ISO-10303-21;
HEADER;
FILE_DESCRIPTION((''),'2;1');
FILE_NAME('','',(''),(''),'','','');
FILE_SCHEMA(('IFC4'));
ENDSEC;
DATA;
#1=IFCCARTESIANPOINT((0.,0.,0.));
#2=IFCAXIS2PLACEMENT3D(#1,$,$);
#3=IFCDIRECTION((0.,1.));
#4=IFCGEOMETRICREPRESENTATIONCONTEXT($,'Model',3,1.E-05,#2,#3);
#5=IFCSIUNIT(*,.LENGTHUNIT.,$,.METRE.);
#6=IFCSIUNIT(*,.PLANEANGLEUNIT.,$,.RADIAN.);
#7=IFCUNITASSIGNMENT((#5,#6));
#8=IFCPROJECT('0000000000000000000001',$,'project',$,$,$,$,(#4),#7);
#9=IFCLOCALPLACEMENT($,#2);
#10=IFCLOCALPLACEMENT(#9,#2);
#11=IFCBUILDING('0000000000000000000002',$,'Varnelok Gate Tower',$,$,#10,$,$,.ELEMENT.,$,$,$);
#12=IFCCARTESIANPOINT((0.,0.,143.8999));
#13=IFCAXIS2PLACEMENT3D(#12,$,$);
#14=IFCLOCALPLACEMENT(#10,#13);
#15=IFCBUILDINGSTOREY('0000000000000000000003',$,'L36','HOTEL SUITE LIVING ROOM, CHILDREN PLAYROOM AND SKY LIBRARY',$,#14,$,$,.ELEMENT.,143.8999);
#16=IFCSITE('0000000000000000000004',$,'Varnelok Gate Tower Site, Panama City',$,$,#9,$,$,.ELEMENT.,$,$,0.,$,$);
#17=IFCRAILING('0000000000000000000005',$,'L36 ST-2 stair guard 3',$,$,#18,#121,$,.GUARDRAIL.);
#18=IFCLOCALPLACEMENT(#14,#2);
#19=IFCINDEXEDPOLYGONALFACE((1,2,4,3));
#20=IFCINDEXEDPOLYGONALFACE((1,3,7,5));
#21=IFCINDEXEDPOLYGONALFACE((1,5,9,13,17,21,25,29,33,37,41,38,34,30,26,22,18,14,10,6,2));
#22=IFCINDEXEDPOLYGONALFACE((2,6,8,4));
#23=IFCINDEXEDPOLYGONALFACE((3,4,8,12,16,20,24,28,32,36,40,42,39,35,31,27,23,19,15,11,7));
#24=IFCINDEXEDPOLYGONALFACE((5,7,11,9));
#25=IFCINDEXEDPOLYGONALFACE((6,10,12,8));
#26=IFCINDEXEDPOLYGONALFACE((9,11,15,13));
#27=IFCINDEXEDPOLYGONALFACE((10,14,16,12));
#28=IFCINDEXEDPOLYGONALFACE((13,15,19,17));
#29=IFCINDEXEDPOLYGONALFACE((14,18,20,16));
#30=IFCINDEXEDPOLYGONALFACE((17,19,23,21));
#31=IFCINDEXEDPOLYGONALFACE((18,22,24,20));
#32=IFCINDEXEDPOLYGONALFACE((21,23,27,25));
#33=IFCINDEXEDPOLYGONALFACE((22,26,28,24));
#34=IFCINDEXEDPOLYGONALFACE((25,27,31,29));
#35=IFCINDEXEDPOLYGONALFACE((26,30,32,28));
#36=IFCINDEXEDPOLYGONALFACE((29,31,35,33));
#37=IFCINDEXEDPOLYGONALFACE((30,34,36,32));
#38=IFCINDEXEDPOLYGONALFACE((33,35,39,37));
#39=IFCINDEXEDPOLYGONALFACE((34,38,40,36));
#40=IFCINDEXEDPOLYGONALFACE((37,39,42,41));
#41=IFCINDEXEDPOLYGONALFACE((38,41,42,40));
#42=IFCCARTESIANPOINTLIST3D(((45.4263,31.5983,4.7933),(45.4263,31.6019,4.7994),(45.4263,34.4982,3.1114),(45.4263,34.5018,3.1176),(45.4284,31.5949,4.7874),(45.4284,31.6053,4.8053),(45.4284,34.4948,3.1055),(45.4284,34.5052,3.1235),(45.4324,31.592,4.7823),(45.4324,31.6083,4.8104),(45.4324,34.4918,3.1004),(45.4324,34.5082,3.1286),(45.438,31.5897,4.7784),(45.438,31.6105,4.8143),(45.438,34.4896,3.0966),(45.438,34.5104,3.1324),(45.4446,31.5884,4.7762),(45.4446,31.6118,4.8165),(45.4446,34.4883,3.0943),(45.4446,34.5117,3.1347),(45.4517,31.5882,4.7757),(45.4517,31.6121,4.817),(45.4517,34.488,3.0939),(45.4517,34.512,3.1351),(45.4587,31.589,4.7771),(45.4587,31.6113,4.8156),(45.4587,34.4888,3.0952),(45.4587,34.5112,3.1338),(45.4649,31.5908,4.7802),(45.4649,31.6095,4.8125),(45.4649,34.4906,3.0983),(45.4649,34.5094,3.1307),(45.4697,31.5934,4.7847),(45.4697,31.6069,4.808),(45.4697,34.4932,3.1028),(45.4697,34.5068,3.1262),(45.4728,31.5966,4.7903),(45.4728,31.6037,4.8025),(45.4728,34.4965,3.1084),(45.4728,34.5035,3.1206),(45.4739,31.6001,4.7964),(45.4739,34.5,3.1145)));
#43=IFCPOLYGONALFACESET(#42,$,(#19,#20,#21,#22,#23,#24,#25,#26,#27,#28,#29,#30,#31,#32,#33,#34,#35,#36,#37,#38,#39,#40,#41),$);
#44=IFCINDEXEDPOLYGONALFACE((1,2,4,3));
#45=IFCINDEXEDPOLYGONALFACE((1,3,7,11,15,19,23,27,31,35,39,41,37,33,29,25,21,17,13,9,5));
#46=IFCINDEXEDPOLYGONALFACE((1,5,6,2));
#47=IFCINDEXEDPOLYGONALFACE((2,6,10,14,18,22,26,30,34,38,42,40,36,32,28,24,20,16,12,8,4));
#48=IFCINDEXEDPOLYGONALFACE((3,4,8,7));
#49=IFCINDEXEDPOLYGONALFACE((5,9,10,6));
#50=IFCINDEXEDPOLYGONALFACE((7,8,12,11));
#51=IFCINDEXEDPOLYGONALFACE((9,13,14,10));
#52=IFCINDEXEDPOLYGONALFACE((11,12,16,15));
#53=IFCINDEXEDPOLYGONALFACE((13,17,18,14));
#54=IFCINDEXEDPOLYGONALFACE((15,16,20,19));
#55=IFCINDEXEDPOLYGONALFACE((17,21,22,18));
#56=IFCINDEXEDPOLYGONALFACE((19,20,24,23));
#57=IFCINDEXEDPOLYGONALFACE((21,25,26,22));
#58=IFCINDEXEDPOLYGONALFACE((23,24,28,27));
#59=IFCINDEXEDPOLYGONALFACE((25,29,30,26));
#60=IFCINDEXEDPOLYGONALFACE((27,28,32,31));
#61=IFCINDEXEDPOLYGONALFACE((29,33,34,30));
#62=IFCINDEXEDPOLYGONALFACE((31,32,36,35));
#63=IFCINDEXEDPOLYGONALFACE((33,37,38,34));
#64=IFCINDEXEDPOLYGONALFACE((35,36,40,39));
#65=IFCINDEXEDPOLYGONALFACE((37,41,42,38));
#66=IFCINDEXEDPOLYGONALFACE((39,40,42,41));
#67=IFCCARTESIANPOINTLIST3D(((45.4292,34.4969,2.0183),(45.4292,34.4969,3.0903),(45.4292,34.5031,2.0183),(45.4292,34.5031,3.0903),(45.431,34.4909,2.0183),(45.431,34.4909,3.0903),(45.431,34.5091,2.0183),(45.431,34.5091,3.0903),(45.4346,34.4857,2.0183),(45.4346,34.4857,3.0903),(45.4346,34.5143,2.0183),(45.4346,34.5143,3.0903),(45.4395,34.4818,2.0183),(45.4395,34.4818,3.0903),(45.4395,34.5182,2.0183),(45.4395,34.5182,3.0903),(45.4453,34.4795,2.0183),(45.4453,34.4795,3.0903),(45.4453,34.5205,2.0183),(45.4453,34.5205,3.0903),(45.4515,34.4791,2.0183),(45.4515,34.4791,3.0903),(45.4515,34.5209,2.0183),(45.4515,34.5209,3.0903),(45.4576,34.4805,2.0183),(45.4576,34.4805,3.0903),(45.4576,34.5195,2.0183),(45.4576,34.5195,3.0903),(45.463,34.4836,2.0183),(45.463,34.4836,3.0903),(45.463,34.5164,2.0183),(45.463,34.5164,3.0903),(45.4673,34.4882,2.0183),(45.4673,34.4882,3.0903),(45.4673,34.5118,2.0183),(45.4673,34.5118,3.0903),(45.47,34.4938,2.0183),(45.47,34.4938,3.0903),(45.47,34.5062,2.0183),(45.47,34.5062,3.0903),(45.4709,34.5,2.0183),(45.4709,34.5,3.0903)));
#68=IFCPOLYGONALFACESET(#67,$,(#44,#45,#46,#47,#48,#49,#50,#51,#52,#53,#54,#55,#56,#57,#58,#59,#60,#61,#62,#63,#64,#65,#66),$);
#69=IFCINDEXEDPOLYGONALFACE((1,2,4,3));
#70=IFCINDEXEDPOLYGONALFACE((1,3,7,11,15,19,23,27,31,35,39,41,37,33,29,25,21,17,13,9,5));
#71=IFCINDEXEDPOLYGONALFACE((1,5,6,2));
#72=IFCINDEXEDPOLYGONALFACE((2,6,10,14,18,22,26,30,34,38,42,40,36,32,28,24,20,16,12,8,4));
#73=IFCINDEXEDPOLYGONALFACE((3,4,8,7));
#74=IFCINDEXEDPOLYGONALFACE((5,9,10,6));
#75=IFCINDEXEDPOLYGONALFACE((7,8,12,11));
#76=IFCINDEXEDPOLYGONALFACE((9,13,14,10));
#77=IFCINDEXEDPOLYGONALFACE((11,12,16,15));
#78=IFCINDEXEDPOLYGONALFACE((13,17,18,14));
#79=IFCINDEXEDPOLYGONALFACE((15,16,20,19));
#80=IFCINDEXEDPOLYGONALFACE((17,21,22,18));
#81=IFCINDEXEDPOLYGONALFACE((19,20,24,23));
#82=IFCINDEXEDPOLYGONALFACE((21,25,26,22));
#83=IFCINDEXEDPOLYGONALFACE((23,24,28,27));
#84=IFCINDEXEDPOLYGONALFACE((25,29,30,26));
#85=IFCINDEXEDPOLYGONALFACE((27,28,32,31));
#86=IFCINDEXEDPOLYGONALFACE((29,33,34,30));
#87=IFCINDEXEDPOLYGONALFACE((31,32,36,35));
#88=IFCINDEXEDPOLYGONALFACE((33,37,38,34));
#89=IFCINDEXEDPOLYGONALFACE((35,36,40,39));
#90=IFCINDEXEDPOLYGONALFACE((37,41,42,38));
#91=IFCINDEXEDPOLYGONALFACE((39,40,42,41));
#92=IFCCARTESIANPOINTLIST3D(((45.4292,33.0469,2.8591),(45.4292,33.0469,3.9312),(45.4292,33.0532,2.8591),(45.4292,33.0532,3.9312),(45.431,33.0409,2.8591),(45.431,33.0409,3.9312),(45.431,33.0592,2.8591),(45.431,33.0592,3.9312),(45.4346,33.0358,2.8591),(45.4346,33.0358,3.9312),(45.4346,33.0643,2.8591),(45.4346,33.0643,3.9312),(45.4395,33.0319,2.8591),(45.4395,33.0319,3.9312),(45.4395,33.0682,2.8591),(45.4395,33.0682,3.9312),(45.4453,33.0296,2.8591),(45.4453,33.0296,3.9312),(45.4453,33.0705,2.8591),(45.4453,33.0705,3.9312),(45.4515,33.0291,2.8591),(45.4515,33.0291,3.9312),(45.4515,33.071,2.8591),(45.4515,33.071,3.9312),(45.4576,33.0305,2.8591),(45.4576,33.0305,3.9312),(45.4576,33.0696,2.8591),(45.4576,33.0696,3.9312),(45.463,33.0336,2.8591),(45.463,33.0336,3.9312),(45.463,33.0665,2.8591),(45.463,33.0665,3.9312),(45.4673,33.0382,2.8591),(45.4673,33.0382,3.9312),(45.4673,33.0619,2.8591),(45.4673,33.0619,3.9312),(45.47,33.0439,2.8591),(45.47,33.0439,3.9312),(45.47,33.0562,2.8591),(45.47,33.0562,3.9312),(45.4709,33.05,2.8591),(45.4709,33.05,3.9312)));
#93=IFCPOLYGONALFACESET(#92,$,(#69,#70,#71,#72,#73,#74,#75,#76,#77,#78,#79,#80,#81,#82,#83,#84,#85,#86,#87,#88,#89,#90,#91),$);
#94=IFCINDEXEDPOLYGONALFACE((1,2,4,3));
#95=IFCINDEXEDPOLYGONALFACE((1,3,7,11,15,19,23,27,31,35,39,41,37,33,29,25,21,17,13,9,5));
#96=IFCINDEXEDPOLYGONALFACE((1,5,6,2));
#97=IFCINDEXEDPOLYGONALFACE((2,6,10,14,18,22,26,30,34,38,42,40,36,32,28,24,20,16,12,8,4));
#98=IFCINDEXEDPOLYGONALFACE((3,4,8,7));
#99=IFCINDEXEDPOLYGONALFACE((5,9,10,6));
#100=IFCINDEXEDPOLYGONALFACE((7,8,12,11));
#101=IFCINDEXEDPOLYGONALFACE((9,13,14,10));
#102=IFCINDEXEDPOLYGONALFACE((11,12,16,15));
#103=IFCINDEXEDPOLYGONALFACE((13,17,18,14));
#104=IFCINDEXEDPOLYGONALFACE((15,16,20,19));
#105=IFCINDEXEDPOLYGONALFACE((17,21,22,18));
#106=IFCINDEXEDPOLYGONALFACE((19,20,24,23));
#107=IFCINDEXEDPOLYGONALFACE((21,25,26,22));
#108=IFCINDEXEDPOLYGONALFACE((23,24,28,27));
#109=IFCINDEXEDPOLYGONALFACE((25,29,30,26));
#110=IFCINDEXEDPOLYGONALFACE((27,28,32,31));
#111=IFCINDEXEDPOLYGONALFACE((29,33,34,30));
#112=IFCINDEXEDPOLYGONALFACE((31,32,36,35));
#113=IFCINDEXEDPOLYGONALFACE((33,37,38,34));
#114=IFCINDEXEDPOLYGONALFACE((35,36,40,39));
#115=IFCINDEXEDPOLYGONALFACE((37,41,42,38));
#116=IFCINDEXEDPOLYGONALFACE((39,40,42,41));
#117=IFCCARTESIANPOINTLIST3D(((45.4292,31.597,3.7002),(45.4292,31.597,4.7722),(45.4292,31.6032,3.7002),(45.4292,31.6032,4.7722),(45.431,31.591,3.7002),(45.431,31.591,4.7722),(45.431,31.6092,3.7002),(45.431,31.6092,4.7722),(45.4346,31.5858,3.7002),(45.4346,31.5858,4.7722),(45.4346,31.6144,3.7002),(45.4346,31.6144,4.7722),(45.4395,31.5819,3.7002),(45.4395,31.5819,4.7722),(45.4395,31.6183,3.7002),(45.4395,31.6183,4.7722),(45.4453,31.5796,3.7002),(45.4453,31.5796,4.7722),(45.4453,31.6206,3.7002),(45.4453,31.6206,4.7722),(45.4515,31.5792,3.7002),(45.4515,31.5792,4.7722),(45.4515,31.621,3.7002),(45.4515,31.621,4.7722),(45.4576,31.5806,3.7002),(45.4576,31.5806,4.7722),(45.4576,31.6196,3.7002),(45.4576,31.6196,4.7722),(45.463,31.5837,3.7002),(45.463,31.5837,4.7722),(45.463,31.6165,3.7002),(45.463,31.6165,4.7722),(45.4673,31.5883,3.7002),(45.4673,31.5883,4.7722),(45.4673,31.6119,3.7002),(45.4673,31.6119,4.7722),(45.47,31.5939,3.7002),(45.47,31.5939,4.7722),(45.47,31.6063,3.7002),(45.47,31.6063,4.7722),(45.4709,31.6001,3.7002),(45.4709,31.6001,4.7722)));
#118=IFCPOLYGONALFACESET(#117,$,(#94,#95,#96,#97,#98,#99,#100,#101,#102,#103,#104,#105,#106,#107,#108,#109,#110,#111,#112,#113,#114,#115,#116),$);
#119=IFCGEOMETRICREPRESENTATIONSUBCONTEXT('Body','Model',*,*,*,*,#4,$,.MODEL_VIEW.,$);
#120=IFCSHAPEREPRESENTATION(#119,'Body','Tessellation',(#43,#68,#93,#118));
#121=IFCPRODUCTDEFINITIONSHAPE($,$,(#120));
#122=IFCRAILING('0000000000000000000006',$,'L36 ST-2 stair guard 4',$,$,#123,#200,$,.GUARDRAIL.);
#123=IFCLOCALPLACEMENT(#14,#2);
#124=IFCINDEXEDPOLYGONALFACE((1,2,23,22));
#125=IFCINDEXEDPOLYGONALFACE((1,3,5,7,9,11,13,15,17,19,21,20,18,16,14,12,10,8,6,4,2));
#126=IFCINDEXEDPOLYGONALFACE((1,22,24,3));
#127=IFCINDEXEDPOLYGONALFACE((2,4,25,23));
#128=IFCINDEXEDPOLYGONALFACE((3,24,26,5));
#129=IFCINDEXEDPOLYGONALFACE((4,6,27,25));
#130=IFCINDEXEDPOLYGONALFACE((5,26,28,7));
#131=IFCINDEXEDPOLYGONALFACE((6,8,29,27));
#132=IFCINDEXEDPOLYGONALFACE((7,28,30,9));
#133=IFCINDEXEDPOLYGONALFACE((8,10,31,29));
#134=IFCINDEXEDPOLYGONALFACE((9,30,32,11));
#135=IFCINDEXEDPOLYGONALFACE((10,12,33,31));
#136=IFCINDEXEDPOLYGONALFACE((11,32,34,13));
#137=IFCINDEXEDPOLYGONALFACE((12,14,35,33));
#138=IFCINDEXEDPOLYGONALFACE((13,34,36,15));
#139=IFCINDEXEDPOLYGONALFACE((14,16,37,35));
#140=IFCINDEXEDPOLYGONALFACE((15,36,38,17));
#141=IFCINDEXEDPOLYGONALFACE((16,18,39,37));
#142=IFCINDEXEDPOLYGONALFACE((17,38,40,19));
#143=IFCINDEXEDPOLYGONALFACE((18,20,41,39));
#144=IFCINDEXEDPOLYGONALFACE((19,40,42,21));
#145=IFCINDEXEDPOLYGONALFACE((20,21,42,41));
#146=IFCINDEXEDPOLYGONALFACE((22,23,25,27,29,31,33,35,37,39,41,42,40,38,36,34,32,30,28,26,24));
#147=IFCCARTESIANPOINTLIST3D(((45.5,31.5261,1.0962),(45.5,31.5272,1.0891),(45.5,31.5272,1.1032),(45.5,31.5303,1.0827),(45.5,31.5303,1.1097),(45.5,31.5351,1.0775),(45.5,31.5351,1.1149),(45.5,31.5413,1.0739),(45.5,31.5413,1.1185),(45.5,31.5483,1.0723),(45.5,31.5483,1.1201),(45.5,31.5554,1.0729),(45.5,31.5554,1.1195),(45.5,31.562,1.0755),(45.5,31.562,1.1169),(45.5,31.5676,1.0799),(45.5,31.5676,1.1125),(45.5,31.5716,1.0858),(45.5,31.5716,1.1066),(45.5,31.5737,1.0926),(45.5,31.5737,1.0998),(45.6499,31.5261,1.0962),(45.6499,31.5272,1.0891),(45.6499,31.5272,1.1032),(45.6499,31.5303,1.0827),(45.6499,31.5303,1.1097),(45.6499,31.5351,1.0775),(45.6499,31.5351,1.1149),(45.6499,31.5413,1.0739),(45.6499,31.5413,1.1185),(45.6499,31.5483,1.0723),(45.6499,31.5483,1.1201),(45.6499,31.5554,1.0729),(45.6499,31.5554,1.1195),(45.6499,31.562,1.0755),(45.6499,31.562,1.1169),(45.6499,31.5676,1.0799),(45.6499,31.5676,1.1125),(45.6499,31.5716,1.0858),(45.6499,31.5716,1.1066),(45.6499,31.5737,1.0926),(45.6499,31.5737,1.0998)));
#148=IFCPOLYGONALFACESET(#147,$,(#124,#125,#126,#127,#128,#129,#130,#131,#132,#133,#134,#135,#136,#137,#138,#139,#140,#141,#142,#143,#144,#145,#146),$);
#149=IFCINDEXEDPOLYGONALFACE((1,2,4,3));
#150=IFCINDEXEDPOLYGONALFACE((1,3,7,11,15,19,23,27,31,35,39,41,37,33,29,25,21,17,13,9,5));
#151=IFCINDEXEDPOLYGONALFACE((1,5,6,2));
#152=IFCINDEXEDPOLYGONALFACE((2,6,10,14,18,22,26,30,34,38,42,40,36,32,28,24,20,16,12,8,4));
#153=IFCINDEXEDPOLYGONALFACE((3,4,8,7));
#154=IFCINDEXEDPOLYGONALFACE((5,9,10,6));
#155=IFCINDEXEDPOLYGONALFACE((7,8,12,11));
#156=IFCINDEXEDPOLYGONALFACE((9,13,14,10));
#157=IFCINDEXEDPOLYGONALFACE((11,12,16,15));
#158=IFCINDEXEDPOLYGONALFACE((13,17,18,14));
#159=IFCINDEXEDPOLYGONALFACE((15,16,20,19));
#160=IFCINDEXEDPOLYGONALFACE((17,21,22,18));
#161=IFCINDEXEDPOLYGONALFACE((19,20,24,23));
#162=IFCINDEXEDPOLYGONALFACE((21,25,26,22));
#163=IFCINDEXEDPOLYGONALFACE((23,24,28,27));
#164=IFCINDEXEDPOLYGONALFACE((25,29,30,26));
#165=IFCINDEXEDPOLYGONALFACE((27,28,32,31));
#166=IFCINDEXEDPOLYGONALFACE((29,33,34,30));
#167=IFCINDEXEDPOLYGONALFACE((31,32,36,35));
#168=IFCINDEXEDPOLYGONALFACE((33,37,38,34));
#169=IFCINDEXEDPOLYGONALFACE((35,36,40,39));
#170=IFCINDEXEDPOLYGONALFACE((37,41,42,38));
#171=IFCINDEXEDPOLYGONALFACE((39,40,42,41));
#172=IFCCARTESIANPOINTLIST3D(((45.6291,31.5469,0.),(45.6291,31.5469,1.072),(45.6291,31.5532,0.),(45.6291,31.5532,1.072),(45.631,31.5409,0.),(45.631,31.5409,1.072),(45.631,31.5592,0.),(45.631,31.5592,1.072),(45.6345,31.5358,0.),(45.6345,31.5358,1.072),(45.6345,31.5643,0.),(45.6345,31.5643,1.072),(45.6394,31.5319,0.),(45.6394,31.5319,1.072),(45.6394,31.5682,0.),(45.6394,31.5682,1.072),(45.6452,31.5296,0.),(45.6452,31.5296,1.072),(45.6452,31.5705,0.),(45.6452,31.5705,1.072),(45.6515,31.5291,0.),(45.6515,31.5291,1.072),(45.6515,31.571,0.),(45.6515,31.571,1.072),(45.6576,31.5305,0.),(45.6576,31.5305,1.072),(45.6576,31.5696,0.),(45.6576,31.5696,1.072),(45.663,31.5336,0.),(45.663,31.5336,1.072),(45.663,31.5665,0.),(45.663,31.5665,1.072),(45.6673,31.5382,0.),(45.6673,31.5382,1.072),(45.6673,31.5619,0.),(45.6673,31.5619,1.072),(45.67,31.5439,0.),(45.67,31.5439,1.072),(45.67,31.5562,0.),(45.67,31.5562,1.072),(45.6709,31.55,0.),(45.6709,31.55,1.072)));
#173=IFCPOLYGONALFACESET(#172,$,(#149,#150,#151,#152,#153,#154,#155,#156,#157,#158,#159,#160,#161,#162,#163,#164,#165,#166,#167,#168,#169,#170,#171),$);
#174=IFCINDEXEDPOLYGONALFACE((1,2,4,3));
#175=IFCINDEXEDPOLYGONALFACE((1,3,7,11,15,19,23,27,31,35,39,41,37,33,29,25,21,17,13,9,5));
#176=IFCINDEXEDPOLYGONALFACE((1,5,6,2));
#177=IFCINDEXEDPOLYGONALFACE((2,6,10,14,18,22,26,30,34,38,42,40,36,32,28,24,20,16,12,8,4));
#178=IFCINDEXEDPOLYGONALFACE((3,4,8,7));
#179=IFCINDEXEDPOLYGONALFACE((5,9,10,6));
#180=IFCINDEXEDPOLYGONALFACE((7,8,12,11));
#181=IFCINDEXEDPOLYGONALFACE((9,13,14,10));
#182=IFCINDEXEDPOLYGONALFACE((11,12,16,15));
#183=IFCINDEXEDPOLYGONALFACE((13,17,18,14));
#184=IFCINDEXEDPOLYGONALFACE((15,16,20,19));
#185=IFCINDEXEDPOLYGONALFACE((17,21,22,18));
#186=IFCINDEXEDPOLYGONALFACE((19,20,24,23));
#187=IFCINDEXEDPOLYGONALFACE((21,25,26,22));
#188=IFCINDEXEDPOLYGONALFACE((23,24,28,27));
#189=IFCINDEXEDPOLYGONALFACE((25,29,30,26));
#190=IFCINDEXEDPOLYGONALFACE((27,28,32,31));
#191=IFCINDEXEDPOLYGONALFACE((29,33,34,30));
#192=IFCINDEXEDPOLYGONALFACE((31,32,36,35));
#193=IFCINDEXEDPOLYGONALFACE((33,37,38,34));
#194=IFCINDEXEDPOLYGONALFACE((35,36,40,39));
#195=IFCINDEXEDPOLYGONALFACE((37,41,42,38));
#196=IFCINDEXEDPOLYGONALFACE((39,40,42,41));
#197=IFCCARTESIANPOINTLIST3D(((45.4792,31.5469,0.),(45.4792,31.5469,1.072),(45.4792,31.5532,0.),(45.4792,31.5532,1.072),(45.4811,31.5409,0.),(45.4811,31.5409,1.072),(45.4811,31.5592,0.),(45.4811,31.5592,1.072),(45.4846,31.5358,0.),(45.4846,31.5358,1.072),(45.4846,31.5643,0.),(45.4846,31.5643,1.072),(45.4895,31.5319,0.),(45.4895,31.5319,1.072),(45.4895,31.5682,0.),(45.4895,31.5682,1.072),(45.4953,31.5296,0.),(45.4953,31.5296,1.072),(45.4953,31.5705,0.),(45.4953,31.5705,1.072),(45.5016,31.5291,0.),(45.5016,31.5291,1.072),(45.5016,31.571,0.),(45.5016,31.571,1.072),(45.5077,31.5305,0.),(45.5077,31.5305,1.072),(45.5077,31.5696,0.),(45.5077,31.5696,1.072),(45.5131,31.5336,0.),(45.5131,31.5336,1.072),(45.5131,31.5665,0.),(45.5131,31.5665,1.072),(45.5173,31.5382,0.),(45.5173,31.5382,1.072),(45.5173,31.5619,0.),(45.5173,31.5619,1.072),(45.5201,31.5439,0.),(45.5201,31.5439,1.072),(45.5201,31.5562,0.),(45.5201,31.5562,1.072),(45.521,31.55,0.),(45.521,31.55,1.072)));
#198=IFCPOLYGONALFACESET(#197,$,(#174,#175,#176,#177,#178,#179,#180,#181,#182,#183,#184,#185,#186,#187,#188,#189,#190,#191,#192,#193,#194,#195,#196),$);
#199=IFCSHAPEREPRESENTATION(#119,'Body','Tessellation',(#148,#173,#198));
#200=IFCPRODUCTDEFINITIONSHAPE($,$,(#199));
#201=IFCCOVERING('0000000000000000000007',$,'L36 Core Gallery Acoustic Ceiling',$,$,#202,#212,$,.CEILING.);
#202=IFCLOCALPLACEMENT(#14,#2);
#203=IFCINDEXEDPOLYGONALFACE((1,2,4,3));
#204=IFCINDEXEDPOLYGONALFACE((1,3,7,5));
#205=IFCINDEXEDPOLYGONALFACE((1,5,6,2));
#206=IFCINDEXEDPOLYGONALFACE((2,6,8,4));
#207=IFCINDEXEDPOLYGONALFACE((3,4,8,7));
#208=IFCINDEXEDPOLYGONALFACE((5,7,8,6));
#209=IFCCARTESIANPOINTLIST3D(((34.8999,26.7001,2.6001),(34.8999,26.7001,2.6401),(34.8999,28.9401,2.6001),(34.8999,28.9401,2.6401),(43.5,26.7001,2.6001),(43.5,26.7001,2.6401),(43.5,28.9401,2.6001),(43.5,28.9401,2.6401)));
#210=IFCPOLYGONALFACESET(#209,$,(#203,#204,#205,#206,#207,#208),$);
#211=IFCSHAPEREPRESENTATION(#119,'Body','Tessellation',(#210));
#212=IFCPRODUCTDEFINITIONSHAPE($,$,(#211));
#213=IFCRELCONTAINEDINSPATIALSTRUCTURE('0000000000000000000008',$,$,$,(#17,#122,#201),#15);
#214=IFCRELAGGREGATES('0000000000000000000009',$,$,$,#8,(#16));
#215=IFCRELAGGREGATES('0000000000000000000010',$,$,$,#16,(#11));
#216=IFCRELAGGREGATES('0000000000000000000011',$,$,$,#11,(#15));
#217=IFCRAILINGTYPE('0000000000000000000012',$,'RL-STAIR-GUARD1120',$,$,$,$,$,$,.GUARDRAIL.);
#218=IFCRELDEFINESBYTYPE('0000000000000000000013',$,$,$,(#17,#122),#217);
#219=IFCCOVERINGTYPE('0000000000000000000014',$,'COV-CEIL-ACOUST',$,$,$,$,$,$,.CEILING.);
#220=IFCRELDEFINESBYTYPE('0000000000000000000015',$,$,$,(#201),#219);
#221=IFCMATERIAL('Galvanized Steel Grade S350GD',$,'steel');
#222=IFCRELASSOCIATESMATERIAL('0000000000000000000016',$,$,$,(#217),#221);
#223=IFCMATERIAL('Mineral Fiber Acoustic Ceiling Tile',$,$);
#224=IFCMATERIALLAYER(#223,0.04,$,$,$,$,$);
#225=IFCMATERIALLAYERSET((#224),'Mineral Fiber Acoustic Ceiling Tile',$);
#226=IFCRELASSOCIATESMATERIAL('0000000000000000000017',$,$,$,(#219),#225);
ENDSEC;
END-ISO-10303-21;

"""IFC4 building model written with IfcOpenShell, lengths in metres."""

from ifc_helpers import new_model, si_unit, direction, frame, origin, origin_2d, place, context, subcontext, project, spatial, rectangle, circle, extrude, source, transform, mapped, material, layer, layer_set, type_object, element, save


model = new_model("IFC4")

# Units and contexts
model_context = context("Model", 3, precision=1e-05, world=origin(), true_north=direction((0.0, 1.0)))
body_context = subcontext(model_context, "Body", "Model", "MODEL_VIEW")
ifc_project = project(units=[si_unit("LENGTHUNIT", "METRE"), si_unit("PLANEANGLEUNIT", "RADIAN")], contexts=[model_context])

# Site, building, storey
site_placement = place(None, origin())
site = spatial("IfcSite", under=ifc_project, at=site_placement, Name="Varnelok Gate Tower Site, Panama City", CompositionType="ELEMENT", RefElevation=0.0)
building_placement = place(site_placement, origin())
building = spatial("IfcBuilding", under=site, at=building_placement, Name="Varnelok Gate Tower", CompositionType="ELEMENT")
storey_placement = place(building_placement, frame((0.0, 0.0, 143.8999)))
storey = spatial("IfcBuildingStorey", under=building, at=storey_placement, Name="L36", Description="HOTEL SUITE LIVING ROOM, CHILDREN PLAYROOM AND SKY LIBRARY", CompositionType="ELEMENT", Elevation=143.8999)

# Shared definitions
ifc_material_1 = material(Name="Galvanized Steel Grade S350GD", Category="steel")

# Railings
railing_type_1 = type_object("IfcRailingType", Name="RL-STAIR-GUARD1120", PredefinedType="GUARDRAIL", material=ifc_material_1)
railing_1_placement = place(storey_placement, frame((45.45, 34.5, 2.0183)))
element("IfcRailing", 1, at=railing_1_placement, inside=storey, type_object=railing_type_1, Name="L36 ST-2 stair guard 3", PredefinedType="GUARDRAIL", context=body_context, shape_type="SweptSolid", body=[
    extrude(circle(Radius=0.0239, at=origin_2d()), frame((0.0, 0.0, 1.0962), z_axis=(0.0, -0.865039, 0.501705), x_axis=(1.0, 0.0, 0.0)), (0.0, 0.0, 1.0), 3.3523),
    extrude(circle(Radius=0.021, at=origin_2d()), origin(), (0.0, 0.0, 1.0), 1.072),
    extrude(circle(Radius=0.021, at=origin_2d()), frame((0.0, -1.45, 0.8408)), (0.0, 0.0, 1.0), 1.072),
    extrude(circle(Radius=0.021, at=origin_2d()), frame((0.0, -2.8999, 1.6819)), (0.0, 0.0, 1.0), 1.072),
])
railing_2_placement = place(storey_placement, frame((45.6499, 31.55, 0.0)))
element("IfcRailing", 2, at=railing_2_placement, inside=storey, type_object=railing_type_1, Name="L36 ST-2 stair guard 4", PredefinedType="GUARDRAIL", context=body_context, shape_type="SweptSolid", body=[
    extrude(circle(Radius=0.0239, at=origin_2d()), frame((0.0, 0.0, 1.0962), z_axis=(-1.0, 0.0, 0.0), x_axis=(0.0, -1.0, 0.0)), (0.0, 0.0, 1.0), 0.1499),
    extrude(circle(Radius=0.021, at=origin_2d()), origin(), (0.0, 0.0, 1.0), 1.072),
    extrude(circle(Radius=0.021, at=origin_2d()), frame((-0.1499, 0.0, 0.0)), (0.0, 0.0, 1.0), 1.072),
])

# Covering
ifc_material_2 = material(Name="Mineral Fiber Acoustic Ceiling Tile")
ifc_layer_1 = layer(ifc_material_2, 0.04)
ifc_layer_set_1 = layer_set([ifc_layer_1], Name="Mineral Fiber Acoustic Ceiling Tile")
covering_type = type_object("IfcCoveringType", Name="COV-CEIL-ACOUST", PredefinedType="CEILING", material=ifc_layer_set_1)
shared_shape = source(origin(), body_context, "Body", "SweptSolid", [
    extrude(rectangle(XDim=8.6001, YDim=2.24, at=origin_2d()), origin(), (0.0, 0.0, 1.0), 0.04),
])
covering_placement = place(storey_placement, frame((39.2, 27.8201, 2.6001), z_axis=(0.0, 0.0, 1.0), x_axis=(1.0, 0.0, 0.0)))
element("IfcCovering", 3, at=covering_placement, inside=storey, type_object=covering_type, Name="L36 Core Gallery Acoustic Ceiling", PredefinedType="CEILING", context=body_context, shape_type="MappedRepresentation", body=[
    mapped(shared_shape, transform((0.0, 0.0, 0.0), scale=1.0)),
])

save(model, "model.ifc")
